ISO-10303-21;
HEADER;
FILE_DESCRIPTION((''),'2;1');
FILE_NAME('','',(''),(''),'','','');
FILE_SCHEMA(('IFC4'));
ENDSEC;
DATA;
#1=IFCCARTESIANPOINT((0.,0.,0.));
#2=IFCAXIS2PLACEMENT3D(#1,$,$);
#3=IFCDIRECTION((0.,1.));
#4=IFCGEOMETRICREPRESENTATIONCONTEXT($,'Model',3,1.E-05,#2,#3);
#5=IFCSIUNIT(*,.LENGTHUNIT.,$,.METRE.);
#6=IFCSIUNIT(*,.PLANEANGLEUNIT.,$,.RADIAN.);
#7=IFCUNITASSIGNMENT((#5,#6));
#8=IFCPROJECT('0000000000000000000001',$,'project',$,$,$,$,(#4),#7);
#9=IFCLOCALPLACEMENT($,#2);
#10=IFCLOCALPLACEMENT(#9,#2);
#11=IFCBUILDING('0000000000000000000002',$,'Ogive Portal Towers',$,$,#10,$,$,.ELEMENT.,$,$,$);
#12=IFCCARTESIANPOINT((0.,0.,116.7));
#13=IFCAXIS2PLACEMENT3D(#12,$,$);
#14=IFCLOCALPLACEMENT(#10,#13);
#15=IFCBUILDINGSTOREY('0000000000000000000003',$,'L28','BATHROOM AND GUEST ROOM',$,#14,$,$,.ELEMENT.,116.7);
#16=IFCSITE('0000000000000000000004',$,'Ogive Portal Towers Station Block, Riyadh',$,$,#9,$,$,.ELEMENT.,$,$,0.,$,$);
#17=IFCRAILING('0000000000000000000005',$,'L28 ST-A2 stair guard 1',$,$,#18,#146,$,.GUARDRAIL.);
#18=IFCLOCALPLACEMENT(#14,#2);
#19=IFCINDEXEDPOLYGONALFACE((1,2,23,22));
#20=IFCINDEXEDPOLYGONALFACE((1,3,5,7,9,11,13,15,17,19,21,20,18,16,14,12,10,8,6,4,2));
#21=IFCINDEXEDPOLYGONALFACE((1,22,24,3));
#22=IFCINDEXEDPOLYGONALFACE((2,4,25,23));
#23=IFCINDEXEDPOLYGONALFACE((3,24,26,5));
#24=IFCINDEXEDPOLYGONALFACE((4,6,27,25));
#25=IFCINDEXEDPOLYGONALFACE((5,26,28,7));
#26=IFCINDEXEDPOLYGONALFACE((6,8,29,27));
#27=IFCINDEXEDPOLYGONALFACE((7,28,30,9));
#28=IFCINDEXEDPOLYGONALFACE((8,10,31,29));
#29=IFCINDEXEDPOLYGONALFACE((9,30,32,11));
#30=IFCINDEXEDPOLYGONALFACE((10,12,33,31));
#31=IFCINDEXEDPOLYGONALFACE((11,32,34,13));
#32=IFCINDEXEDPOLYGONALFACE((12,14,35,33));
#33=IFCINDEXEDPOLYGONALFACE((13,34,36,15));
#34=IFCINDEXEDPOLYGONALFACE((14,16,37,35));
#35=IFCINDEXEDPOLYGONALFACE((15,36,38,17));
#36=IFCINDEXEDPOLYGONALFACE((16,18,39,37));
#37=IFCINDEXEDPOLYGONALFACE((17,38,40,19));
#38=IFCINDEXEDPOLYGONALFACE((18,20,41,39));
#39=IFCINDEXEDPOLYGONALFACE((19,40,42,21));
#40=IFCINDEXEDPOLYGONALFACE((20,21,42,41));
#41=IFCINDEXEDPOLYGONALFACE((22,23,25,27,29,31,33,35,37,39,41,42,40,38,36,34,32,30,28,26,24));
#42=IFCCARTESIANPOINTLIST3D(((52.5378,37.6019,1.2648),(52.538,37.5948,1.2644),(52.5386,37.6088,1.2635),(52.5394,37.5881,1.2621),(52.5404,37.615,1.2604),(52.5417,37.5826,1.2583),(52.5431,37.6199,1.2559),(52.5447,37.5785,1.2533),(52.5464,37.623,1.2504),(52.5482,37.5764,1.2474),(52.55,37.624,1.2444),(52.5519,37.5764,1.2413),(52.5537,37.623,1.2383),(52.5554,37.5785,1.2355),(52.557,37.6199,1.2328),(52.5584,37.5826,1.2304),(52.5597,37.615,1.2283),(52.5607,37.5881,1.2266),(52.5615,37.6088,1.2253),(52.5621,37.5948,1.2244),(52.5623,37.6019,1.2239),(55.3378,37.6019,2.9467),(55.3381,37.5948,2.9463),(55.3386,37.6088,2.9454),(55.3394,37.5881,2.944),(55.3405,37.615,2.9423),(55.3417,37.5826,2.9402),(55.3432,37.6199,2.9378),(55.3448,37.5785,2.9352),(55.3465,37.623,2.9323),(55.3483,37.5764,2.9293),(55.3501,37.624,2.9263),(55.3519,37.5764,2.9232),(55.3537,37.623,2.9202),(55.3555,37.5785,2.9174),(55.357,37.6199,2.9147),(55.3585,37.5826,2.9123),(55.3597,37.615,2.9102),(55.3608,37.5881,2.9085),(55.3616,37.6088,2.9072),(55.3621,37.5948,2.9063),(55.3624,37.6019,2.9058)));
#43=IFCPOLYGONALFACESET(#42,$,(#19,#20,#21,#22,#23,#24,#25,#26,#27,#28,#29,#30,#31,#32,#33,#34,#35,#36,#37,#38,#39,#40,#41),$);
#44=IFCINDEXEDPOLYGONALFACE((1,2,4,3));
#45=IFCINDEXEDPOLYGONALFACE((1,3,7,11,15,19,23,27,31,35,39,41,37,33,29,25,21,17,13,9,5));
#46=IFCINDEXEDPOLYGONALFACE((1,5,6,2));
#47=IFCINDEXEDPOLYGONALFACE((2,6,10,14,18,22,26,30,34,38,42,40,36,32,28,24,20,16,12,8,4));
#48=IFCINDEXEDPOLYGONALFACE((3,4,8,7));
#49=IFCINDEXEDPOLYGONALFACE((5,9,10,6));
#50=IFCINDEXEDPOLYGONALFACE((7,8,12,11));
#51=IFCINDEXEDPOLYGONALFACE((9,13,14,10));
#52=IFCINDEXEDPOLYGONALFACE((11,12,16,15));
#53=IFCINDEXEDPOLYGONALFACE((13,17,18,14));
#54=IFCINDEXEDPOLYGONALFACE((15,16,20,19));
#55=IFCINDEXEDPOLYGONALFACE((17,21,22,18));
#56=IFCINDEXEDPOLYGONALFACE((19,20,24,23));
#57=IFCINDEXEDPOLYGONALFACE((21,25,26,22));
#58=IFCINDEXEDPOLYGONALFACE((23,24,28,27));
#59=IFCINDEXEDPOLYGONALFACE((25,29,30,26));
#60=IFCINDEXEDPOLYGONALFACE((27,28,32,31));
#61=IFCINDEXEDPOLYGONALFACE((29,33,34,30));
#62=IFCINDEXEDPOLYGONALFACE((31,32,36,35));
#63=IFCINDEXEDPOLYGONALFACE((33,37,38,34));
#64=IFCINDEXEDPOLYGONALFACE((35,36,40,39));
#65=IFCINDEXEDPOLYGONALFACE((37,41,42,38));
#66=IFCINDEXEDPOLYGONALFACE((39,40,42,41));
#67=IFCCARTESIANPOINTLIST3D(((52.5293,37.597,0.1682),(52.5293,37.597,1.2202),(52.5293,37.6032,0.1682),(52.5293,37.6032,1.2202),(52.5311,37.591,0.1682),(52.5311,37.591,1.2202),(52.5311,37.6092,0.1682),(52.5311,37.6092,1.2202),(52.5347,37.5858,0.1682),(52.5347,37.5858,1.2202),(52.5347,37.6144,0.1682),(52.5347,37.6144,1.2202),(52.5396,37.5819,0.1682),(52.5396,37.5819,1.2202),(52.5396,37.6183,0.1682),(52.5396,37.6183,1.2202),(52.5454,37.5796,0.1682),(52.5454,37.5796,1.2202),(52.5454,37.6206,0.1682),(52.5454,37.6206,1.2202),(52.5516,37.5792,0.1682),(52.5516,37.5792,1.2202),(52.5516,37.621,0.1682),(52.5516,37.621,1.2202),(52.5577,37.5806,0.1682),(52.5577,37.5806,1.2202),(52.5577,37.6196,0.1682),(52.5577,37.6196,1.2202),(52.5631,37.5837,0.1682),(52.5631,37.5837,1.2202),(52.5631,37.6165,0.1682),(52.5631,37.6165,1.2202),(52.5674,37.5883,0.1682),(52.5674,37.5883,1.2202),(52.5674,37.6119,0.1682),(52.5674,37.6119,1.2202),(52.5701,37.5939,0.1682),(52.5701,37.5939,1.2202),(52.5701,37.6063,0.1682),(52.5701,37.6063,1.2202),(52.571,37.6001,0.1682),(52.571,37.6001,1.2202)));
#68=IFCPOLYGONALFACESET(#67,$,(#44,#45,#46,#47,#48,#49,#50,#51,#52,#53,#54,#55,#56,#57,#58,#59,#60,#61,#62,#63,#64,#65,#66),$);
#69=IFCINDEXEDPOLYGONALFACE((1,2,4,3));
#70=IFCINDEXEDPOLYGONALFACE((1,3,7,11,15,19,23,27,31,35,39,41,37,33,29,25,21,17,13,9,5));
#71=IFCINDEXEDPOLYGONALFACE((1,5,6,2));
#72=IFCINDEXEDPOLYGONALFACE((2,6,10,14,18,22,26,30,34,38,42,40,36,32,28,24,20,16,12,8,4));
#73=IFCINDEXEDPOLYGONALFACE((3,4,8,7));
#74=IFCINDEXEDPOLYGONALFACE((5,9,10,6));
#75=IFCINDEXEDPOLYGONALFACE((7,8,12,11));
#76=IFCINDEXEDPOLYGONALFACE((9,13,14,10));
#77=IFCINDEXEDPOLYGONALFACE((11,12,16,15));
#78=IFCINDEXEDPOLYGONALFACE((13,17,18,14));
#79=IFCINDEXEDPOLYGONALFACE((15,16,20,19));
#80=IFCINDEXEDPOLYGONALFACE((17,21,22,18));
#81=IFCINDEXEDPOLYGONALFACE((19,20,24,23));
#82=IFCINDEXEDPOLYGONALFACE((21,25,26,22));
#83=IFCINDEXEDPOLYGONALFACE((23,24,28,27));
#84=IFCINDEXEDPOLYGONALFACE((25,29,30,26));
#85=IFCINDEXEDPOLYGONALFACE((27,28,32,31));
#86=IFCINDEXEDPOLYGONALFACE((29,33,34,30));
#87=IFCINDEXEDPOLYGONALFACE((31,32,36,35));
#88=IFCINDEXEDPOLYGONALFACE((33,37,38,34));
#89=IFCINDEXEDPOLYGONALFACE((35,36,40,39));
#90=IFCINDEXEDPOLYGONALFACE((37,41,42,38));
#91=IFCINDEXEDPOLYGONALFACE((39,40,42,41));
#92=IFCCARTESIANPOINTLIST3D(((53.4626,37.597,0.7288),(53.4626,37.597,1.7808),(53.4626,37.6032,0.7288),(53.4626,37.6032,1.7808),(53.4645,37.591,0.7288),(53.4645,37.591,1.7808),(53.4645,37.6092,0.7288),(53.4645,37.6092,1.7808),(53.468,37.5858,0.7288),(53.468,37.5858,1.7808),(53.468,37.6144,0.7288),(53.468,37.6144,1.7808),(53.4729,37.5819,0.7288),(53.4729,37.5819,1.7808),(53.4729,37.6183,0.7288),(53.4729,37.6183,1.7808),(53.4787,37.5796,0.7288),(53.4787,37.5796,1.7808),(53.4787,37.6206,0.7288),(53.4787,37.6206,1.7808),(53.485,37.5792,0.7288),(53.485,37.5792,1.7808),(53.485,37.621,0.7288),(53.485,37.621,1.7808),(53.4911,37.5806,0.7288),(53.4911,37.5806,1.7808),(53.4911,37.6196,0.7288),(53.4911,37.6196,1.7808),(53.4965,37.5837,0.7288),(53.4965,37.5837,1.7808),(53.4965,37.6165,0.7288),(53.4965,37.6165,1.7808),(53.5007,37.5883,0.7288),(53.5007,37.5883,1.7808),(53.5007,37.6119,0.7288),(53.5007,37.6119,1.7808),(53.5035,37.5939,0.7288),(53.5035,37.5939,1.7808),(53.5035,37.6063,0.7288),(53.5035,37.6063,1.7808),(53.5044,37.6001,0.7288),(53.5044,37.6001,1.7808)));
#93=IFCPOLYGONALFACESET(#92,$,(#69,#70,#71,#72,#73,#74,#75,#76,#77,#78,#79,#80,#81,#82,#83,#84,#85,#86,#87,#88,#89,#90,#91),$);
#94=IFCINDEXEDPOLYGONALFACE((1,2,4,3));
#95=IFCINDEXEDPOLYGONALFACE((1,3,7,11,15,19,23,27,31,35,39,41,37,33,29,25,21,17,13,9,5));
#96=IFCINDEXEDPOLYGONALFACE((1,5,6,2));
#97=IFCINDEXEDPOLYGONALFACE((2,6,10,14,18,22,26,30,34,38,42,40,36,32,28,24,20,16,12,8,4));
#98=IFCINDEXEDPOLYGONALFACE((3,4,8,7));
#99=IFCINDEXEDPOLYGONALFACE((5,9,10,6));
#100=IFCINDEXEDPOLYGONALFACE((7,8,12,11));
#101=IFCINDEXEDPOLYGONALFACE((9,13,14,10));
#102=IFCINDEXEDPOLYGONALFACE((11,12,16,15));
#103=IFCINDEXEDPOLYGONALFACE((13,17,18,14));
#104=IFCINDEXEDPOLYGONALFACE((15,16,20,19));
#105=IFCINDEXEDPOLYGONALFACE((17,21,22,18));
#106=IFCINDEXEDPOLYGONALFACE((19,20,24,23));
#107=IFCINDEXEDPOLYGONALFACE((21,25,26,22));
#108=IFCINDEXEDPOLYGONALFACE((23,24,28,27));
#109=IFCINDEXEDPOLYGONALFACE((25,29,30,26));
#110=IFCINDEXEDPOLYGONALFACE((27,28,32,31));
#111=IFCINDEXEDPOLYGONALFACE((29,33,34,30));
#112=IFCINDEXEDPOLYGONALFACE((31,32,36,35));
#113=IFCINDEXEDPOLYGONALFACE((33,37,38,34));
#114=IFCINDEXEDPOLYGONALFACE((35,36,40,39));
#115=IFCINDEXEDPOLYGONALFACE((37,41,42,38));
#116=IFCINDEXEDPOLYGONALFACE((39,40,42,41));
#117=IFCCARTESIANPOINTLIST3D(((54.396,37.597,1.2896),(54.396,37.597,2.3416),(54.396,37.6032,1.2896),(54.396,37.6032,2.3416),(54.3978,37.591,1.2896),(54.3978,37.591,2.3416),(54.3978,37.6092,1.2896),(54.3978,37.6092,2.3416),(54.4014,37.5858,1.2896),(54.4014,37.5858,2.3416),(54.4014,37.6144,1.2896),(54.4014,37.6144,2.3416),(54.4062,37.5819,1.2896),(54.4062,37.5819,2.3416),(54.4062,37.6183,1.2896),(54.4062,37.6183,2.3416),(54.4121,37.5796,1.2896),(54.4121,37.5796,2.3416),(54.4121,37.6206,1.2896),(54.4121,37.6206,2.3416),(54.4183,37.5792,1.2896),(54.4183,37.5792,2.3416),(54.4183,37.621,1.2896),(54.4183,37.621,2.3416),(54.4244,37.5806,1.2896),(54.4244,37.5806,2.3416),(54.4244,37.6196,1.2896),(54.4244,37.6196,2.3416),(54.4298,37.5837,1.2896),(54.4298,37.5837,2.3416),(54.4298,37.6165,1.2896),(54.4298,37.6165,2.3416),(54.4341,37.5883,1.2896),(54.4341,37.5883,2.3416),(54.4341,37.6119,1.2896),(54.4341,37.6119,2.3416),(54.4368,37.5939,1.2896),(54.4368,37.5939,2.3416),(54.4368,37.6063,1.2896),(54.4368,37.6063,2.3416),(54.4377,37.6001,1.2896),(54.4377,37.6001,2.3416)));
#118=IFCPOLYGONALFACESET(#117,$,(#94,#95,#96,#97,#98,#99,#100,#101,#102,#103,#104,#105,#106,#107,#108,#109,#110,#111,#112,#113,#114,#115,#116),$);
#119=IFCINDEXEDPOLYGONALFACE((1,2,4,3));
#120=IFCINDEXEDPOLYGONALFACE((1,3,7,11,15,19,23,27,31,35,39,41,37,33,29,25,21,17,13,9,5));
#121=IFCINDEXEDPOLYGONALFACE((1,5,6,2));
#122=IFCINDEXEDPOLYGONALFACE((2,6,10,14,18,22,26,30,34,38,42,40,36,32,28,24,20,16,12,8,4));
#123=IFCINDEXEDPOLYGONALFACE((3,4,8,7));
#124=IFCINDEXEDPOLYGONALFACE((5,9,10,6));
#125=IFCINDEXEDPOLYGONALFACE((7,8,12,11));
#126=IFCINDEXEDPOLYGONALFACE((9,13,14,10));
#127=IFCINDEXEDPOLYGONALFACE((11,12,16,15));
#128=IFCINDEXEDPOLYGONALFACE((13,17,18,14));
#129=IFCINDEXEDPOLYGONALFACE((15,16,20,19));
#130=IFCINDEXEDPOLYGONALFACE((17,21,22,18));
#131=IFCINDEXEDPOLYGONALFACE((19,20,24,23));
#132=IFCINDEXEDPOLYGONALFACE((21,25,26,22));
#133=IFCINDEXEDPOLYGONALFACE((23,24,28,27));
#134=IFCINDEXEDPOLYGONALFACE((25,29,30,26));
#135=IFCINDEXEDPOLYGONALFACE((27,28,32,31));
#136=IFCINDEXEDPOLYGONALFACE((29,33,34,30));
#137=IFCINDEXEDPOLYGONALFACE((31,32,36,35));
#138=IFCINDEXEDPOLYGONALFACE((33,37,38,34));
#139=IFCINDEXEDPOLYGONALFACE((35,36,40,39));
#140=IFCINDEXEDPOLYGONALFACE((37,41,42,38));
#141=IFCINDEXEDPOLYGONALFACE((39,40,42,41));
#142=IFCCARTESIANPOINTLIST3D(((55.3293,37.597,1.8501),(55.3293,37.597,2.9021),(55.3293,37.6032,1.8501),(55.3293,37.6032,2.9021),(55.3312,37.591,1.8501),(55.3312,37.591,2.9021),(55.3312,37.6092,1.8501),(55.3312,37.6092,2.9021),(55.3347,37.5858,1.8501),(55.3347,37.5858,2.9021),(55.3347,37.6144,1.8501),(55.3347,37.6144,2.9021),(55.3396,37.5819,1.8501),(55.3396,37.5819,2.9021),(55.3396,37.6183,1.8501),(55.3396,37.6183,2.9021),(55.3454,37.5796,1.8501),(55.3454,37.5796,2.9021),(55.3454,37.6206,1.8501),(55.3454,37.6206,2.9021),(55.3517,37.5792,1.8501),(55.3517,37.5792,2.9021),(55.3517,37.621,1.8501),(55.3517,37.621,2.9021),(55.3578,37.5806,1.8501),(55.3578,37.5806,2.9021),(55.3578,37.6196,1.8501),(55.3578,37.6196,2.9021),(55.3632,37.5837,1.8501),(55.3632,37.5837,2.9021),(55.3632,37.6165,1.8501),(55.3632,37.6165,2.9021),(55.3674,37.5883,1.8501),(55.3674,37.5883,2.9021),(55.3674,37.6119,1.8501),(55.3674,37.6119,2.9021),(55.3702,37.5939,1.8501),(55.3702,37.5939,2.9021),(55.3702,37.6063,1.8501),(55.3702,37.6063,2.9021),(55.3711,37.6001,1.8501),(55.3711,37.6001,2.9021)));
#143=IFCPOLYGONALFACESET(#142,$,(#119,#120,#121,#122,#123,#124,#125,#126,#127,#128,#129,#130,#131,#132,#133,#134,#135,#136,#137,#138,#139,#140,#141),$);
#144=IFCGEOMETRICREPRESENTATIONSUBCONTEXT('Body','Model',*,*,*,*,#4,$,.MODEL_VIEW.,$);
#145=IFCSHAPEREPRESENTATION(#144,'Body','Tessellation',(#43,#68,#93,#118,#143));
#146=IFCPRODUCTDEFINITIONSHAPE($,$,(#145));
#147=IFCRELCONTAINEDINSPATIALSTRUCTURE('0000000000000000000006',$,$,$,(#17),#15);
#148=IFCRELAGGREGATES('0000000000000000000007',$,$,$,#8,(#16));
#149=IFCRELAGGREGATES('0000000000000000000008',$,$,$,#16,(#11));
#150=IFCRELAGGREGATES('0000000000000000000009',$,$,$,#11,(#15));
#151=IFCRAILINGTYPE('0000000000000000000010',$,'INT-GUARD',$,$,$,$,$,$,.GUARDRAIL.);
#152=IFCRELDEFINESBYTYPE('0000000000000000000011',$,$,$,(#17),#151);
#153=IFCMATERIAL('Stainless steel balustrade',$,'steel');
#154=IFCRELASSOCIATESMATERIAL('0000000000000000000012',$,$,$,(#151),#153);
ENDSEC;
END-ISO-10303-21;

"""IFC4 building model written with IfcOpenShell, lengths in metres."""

from ifc_helpers import new_model, si_unit, direction, frame, origin, origin_2d, place, context, subcontext, project, spatial, circle, extrude, material, type_object, element, save


model = new_model("IFC4")

# Units and contexts
model_context = context("Model", 3, precision=1e-05, world=origin(), true_north=direction((0.0, 1.0)))
body_context = subcontext(model_context, "Body", "Model", "MODEL_VIEW")
ifc_project = project(units=[si_unit("LENGTHUNIT", "METRE"), si_unit("PLANEANGLEUNIT", "RADIAN")], contexts=[model_context])

# Site, building, storey
site_placement = place(None, origin())
site = spatial("IfcSite", under=ifc_project, at=site_placement, Name="Ogive Portal Towers Station Block, Riyadh", CompositionType="ELEMENT", RefElevation=0.0)
building_placement = place(site_placement, origin())
building = spatial("IfcBuilding", under=site, at=building_placement, Name="Ogive Portal Towers", CompositionType="ELEMENT")
storey_placement = place(building_placement, frame((0.0, 0.0, 116.7)))
storey = spatial("IfcBuildingStorey", under=building, at=storey_placement, Name="L28", Description="BATHROOM AND GUEST ROOM", CompositionType="ELEMENT", Elevation=116.7)

# Railing
ifc_material_1 = material(Name="Stainless steel balustrade", Category="steel")
railing_type_1 = type_object("IfcRailingType", Name="INT-GUARD", PredefinedType="GUARDRAIL", material=ifc_material_1)
railing_1_placement = place(storey_placement, frame((52.55, 37.6001, 0.1682)))
element("IfcRailing", 1, at=railing_1_placement, inside=storey, type_object=railing_type_1, Name="L28 ST-A2 stair guard 1", PredefinedType="GUARDRAIL", context=body_context, shape_type="SweptSolid", body=[
    extrude(circle(Radius=0.0239, at=origin_2d()), frame((0.0, 0.0, 1.0762), z_axis=(0.857242, 0.0, 0.514913), x_axis=(0.0, 1.0, 0.0)), (0.0, 0.0, 1.0), 3.2664),
    extrude(circle(Radius=0.021, at=origin_2d()), origin(), (0.0, 0.0, 1.0), 1.052),
    extrude(circle(Radius=0.021, at=origin_2d()), frame((0.9333, 0.0, 0.5605)), (0.0, 0.0, 1.0), 1.052),
    extrude(circle(Radius=0.021, at=origin_2d()), frame((1.8667, 0.0, 1.1213)), (0.0, 0.0, 1.0), 1.052),
    extrude(circle(Radius=0.021, at=origin_2d()), frame((2.8, 0.0, 1.6819)), (0.0, 0.0, 1.0), 1.052),
])

save(model, "model.ifc")
